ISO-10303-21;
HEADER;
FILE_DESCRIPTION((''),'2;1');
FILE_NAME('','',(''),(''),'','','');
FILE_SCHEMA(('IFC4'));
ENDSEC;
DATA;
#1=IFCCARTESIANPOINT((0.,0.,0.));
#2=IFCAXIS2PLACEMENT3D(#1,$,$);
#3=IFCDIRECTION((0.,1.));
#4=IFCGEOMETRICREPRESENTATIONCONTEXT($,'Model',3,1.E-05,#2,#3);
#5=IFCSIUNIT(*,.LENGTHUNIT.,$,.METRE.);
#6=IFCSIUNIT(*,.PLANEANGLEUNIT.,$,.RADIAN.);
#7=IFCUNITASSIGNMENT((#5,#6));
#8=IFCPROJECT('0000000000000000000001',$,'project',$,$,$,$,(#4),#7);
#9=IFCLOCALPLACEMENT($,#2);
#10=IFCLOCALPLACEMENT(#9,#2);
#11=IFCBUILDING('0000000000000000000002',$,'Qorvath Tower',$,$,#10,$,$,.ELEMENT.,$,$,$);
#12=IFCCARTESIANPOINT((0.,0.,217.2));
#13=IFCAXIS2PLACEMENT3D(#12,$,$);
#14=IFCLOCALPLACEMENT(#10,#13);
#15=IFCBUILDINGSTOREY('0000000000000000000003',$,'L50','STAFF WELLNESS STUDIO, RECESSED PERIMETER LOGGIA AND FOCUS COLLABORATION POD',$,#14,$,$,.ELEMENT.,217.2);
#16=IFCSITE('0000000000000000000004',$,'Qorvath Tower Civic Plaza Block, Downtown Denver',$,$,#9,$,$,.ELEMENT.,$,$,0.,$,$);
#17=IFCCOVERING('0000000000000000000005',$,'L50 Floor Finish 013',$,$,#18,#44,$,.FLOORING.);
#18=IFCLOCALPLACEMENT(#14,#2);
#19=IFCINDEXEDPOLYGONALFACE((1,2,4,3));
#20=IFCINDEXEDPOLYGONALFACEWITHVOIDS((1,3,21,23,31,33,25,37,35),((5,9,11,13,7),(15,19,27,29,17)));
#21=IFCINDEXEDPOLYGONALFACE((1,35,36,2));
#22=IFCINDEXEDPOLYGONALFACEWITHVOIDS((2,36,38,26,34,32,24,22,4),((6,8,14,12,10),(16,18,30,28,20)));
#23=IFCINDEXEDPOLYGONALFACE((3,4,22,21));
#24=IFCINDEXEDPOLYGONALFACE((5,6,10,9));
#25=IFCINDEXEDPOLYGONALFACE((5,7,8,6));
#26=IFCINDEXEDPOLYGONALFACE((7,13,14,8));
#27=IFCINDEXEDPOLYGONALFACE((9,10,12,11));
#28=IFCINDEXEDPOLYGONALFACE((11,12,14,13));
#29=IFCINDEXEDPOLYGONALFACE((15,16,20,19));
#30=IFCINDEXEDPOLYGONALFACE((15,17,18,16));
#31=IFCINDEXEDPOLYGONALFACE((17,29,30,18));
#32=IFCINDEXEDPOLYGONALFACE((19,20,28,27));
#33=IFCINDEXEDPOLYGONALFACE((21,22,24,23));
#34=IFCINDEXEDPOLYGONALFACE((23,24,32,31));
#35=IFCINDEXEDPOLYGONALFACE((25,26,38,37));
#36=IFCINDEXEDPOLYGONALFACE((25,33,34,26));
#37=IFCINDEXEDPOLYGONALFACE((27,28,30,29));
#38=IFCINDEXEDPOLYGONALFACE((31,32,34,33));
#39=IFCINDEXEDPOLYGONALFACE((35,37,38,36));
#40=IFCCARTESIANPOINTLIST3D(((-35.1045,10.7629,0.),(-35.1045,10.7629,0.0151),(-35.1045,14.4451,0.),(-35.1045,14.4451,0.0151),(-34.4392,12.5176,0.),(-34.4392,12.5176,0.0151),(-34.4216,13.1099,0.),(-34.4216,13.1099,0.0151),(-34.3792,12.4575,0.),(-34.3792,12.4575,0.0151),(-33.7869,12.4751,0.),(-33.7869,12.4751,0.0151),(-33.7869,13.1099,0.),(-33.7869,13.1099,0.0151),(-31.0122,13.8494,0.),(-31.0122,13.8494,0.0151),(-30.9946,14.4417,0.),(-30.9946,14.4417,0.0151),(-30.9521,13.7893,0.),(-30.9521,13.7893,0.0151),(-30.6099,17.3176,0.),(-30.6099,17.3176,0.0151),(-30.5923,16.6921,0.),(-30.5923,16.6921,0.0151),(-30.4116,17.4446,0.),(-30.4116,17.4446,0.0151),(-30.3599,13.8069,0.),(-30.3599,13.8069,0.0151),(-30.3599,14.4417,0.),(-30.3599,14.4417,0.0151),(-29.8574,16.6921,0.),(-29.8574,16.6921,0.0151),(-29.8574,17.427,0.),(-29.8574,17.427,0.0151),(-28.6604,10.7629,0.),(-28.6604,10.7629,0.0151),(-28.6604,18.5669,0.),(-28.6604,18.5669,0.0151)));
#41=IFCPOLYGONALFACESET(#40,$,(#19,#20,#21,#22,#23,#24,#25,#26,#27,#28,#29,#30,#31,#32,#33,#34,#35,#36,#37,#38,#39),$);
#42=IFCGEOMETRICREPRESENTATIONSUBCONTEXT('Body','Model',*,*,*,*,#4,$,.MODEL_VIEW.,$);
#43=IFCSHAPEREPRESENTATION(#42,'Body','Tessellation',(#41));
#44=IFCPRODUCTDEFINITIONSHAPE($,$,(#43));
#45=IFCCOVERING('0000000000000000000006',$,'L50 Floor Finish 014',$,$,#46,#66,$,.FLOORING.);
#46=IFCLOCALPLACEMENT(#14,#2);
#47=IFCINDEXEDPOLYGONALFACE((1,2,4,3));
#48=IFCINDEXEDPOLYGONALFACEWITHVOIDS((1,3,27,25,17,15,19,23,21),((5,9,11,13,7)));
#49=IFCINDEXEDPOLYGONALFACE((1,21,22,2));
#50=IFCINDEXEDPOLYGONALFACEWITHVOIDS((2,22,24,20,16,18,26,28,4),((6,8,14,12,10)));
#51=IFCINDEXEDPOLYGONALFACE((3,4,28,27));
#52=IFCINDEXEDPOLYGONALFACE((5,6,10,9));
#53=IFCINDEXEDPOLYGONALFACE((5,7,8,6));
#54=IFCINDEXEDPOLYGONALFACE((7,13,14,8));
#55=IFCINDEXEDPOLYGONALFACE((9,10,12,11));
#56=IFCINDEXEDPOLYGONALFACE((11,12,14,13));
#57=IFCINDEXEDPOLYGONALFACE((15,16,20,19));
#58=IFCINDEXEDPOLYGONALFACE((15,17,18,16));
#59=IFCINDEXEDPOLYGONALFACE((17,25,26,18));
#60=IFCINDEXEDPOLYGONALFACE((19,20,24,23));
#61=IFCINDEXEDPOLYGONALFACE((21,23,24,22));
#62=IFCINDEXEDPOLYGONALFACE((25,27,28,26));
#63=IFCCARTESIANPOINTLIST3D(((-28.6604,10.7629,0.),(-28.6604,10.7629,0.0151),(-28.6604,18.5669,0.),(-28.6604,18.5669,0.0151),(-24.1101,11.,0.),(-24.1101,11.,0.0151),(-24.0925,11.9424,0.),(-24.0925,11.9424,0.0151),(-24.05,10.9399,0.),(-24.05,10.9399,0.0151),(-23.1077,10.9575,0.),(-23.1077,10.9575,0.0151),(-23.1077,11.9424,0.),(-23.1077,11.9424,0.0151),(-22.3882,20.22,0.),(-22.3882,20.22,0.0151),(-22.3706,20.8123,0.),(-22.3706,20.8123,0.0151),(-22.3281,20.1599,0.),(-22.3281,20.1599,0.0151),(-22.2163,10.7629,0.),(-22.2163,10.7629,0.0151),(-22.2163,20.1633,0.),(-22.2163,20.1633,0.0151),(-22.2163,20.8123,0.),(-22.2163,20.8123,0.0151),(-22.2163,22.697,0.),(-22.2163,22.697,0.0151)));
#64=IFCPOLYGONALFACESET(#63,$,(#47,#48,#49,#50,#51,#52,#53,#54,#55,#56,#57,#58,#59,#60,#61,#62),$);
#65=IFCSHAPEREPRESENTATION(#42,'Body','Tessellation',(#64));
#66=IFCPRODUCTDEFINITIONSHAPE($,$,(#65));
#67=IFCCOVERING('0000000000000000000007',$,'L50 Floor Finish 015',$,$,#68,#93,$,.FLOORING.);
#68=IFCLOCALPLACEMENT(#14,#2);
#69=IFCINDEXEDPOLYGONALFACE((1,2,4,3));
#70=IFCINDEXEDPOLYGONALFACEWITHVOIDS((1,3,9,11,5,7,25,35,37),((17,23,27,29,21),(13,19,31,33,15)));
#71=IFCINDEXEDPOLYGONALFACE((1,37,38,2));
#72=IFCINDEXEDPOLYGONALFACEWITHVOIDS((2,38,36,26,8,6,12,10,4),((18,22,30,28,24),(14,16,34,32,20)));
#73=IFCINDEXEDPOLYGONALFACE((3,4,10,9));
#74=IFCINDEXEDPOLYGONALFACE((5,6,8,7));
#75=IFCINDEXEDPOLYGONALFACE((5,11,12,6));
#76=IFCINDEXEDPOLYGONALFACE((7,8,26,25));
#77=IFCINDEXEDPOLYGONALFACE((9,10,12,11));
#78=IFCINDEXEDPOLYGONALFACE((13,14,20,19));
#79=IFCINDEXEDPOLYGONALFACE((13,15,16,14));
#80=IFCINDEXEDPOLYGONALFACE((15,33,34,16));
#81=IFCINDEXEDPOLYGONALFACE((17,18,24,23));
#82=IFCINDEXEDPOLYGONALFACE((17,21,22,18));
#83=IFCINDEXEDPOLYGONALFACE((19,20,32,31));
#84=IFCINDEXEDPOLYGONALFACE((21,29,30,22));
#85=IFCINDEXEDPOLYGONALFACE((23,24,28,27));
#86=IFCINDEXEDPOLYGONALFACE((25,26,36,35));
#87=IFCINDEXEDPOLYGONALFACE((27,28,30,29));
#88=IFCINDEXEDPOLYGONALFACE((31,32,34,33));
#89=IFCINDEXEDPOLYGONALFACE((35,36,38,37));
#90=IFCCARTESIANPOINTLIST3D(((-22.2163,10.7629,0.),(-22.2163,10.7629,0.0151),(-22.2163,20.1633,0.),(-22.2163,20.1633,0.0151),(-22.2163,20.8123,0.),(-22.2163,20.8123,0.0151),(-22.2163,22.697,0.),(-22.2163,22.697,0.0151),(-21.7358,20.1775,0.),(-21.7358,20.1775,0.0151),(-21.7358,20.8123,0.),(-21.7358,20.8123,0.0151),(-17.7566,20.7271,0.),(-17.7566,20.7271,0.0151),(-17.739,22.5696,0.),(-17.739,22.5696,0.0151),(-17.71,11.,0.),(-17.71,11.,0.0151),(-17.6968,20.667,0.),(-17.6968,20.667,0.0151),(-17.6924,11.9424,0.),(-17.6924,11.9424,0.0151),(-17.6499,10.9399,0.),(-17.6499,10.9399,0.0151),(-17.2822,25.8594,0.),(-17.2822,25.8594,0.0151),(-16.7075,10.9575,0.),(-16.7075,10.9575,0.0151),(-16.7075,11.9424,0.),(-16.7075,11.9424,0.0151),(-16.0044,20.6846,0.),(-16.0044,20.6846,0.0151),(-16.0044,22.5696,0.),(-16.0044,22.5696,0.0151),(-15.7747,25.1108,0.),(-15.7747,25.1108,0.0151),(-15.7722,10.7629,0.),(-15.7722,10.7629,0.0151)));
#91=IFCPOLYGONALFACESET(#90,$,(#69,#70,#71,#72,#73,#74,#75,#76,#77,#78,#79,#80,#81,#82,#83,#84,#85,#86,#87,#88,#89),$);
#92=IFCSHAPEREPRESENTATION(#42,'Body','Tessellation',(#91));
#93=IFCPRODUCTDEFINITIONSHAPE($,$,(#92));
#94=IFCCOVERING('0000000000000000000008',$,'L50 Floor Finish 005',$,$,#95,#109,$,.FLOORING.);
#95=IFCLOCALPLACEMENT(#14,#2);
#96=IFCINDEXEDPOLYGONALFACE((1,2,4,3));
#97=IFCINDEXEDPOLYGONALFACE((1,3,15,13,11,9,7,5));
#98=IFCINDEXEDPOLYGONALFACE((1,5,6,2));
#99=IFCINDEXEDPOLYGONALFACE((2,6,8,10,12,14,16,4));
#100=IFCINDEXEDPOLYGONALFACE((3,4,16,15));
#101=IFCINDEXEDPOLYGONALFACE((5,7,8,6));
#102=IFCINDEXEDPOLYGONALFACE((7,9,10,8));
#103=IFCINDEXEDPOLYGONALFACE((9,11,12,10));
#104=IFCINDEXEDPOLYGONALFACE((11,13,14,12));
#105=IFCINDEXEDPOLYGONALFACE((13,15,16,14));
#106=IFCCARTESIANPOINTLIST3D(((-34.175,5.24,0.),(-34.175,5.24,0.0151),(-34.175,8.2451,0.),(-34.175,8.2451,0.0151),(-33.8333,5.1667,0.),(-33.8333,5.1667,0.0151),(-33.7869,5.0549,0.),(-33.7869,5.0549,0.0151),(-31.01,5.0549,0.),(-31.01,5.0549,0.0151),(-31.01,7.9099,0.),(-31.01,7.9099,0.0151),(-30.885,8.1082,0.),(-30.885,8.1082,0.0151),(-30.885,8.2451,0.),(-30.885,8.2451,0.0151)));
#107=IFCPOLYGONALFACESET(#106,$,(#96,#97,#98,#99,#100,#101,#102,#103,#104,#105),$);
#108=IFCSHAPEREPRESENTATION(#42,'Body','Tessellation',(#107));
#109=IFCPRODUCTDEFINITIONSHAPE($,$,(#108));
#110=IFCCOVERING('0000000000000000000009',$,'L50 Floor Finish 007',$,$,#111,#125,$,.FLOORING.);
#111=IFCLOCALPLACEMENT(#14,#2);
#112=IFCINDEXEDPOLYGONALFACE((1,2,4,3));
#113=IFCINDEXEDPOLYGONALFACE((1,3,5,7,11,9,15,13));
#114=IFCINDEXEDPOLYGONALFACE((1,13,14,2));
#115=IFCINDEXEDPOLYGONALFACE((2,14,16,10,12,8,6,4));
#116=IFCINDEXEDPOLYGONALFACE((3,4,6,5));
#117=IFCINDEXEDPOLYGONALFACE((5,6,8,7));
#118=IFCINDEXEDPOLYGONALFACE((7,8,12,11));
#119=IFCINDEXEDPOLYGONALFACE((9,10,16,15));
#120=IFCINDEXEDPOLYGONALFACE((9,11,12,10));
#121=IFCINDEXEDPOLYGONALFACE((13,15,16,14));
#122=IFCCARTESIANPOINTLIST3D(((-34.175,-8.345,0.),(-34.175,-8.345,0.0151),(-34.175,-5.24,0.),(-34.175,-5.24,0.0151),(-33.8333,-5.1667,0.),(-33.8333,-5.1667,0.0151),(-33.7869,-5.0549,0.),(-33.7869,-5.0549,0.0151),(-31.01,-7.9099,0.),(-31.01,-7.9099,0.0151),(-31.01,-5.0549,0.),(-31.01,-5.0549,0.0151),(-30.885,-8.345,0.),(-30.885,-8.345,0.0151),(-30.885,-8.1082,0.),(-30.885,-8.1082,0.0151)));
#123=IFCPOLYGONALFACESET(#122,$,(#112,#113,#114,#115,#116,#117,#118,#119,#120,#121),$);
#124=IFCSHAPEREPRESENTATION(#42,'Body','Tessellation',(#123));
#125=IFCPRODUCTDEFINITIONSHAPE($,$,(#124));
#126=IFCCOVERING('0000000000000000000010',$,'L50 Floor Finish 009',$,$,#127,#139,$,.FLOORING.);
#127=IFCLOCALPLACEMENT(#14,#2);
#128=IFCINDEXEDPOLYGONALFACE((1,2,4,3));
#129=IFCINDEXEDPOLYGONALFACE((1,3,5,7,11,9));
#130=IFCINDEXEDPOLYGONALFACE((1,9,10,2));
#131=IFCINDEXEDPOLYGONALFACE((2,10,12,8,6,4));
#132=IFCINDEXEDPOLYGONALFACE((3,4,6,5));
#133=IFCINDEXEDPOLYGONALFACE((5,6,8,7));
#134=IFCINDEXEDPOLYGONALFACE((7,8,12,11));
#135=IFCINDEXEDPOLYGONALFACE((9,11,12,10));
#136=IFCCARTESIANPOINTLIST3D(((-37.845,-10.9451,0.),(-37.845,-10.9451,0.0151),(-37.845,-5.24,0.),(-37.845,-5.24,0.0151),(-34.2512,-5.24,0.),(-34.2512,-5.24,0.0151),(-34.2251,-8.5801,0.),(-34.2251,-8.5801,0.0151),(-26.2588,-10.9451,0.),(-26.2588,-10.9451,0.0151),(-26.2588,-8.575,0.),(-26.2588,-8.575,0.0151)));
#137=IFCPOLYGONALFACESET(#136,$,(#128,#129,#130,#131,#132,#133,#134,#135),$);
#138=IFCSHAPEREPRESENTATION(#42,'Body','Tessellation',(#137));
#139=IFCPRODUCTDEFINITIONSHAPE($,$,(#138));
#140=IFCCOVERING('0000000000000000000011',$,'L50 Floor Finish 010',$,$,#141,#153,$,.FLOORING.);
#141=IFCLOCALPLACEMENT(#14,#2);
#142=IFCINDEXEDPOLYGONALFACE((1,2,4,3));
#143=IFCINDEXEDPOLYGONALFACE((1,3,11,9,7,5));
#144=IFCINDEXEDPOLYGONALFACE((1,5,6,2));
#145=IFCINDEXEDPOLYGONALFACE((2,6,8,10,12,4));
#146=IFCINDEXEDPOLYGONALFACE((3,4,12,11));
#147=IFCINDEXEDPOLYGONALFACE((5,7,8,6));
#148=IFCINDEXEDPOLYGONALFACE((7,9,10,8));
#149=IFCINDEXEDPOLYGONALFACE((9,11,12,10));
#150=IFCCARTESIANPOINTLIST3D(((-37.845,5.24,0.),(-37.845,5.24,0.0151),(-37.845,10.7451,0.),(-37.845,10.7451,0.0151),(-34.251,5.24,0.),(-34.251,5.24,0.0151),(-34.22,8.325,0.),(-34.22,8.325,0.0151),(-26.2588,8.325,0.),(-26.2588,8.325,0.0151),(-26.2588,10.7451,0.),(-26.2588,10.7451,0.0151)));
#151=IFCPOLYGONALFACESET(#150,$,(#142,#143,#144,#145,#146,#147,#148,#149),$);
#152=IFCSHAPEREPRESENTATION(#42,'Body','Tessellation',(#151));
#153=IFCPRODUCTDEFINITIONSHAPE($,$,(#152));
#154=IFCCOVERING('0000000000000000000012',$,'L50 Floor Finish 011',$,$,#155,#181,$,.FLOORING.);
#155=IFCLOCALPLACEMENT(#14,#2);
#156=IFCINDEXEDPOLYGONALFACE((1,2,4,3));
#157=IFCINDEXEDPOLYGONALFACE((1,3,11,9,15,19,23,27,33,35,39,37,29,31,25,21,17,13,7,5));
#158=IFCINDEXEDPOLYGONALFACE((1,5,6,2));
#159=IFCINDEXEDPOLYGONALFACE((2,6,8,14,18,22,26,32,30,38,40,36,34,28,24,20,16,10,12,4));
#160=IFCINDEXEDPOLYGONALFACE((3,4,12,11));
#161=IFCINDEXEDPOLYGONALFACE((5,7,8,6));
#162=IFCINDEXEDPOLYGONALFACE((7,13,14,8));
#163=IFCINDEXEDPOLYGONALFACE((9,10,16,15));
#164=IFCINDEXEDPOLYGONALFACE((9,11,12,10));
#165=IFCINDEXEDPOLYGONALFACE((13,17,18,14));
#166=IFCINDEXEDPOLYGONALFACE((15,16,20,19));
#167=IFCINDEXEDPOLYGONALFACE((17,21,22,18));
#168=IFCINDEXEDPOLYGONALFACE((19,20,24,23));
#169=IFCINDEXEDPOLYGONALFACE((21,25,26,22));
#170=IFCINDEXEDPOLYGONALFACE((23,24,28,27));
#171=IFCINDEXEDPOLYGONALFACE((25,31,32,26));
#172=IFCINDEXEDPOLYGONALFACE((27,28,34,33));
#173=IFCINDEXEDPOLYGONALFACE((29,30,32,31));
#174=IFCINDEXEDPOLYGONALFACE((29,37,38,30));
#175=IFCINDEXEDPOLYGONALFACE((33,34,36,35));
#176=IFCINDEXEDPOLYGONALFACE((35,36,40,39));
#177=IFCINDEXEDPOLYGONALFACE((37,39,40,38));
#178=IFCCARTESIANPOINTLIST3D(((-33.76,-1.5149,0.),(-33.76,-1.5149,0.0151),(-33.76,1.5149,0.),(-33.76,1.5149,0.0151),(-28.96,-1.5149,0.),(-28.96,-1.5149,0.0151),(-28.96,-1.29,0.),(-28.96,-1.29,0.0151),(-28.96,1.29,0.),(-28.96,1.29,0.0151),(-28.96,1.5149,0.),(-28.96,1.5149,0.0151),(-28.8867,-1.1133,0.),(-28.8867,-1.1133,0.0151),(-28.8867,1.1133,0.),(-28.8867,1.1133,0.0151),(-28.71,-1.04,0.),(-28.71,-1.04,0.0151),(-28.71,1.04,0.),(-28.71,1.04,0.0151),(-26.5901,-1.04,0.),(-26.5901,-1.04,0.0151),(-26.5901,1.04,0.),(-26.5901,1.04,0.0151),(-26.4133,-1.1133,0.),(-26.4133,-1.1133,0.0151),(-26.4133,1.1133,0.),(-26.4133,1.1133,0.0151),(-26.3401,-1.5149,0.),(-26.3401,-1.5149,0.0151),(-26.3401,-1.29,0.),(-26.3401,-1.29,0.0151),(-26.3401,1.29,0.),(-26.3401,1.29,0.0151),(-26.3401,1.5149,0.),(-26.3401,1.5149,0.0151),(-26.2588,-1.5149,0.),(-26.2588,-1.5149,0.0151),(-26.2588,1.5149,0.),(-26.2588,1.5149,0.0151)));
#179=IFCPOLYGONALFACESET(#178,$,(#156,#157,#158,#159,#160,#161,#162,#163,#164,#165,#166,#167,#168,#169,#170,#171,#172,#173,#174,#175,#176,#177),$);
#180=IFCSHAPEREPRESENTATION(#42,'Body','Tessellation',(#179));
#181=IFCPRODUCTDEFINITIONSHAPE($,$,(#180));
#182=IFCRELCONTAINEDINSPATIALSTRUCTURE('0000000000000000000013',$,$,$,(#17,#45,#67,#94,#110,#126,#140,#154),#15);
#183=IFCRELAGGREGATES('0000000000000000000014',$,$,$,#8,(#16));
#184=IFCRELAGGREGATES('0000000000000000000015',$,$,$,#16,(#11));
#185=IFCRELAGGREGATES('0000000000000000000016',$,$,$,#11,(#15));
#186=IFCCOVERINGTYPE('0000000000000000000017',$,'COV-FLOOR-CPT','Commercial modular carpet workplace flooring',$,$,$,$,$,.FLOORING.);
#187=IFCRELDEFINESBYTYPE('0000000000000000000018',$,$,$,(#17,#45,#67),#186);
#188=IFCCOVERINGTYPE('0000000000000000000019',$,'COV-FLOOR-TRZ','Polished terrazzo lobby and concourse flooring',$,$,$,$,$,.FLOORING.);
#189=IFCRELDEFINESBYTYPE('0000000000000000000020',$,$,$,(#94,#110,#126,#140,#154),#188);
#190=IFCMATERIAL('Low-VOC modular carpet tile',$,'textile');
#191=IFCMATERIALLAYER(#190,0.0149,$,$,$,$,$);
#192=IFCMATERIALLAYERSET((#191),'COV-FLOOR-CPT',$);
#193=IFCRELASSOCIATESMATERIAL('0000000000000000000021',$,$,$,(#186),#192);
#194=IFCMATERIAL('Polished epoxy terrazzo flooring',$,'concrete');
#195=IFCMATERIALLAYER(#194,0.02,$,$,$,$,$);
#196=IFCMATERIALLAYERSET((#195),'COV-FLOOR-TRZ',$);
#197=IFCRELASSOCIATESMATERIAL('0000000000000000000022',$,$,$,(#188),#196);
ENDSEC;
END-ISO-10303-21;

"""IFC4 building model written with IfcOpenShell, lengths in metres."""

from ifc_helpers import new_model, si_unit, direction, frame, origin, place, context, subcontext, project, spatial, polyline, outline, extrude, material, layer, layer_set, type_object, element, save


model = new_model("IFC4")

# Units and contexts
model_context = context("Model", 3, precision=1e-05, world=origin(), true_north=direction((0.0, 1.0)))
body_context = subcontext(model_context, "Body", "Model", "MODEL_VIEW")
ifc_project = project(units=[si_unit("LENGTHUNIT", "METRE"), si_unit("PLANEANGLEUNIT", "RADIAN")], contexts=[model_context])

# Site, building, storey
site_placement = place(None, origin())
site = spatial("IfcSite", under=ifc_project, at=site_placement, Name="Qorvath Tower Civic Plaza Block, Downtown Denver", CompositionType="ELEMENT", RefElevation=0.0)
building_placement = place(site_placement, origin())
building = spatial("IfcBuilding", under=site, at=building_placement, Name="Qorvath Tower", CompositionType="ELEMENT")
storey_placement = place(building_placement, frame((0.0, 0.0, 217.2)))
storey = spatial("IfcBuildingStorey", under=building, at=storey_placement, Name="L50", Description="STAFF WELLNESS STUDIO, RECESSED PERIMETER LOGGIA AND FOCUS COLLABORATION POD", CompositionType="ELEMENT", Elevation=217.2)

# Coverings
ifc_material_1 = material(Name="Low-VOC modular carpet tile", Category="textile")
ifc_layer_1 = layer(ifc_material_1, 0.0149)
ifc_layer_set_1 = layer_set([ifc_layer_1], Name="COV-FLOOR-CPT")
covering_type_1 = type_object("IfcCoveringType", Name="COV-FLOOR-CPT", Description="Commercial modular carpet workplace flooring", PredefinedType="FLOORING", material=ifc_layer_set_1)
covering_1_placement = place(storey_placement, origin())
element("IfcCovering", 1, at=covering_1_placement, inside=storey, type_object=covering_type_1, Name="L50 Floor Finish 013", PredefinedType="FLOORING", context=body_context, shape_type="SweptSolid", body=[
    extrude(outline(polyline([(-28.6604, 10.7629), (-28.6604, 18.5669), (-30.4116, 17.4446), (-29.8574, 17.427), (-29.8574, 16.6921), (-30.5923, 16.6921), (-30.6099, 17.3176), (-35.1045, 14.4451), (-35.1045, 10.7629), (-28.6604, 10.7629)]), holes=[polyline([(-31.0122, 13.8494), (-30.9946, 14.4417), (-30.3599, 14.4417), (-30.3599, 13.8069), (-30.9521, 13.7893), (-31.0122, 13.8494)]), polyline([(-34.4392, 12.5176), (-34.4216, 13.1099), (-33.7869, 13.1099), (-33.7869, 12.4751), (-34.3792, 12.4575), (-34.4392, 12.5176)])]), origin(), (0.0, 0.0, 1.0), 0.0151),
])
covering_2_placement = place(storey_placement, origin())
element("IfcCovering", 2, at=covering_2_placement, inside=storey, type_object=covering_type_1, Name="L50 Floor Finish 014", PredefinedType="FLOORING", context=body_context, shape_type="SweptSolid", body=[
    extrude(outline(polyline([(-22.2163, 10.7629), (-22.2163, 20.1633), (-22.3281, 20.1599), (-22.3882, 20.22), (-22.3706, 20.8123), (-22.2163, 20.8123), (-22.2163, 22.697), (-28.6604, 18.5669), (-28.6604, 10.7629), (-22.2163, 10.7629)]), holes=[polyline([(-24.1101, 11.0), (-24.0925, 11.9424), (-23.1077, 11.9424), (-23.1077, 10.9575), (-24.05, 10.9399), (-24.1101, 11.0)])]), origin(), (0.0, 0.0, 1.0), 0.0151),
])
covering_3_placement = place(storey_placement, origin())
element("IfcCovering", 3, at=covering_3_placement, inside=storey, type_object=covering_type_1, Name="L50 Floor Finish 015", PredefinedType="FLOORING", context=body_context, shape_type="SweptSolid", body=[
    extrude(outline(polyline([(-15.7747, 25.1108), (-17.2822, 25.8594), (-22.2163, 22.697), (-22.2163, 20.8123), (-21.7358, 20.8123), (-21.7358, 20.1775), (-22.2163, 20.1633), (-22.2163, 10.7629), (-15.7722, 10.7629), (-15.7747, 25.1108)]), holes=[polyline([(-17.7566, 20.7271), (-17.739, 22.5696), (-16.0044, 22.5696), (-16.0044, 20.6846), (-17.6968, 20.667), (-17.7566, 20.7271)]), polyline([(-17.71, 11.0), (-17.6924, 11.9424), (-16.7075, 11.9424), (-16.7075, 10.9575), (-17.6499, 10.9399), (-17.71, 11.0)])]), origin(), (0.0, 0.0, 1.0), 0.0151),
])
ifc_material_2 = material(Name="Polished epoxy terrazzo flooring", Category="concrete")
ifc_layer_2 = layer(ifc_material_2, 0.02)
ifc_layer_set_2 = layer_set([ifc_layer_2], Name="COV-FLOOR-TRZ")
covering_type_2 = type_object("IfcCoveringType", Name="COV-FLOOR-TRZ", Description="Polished terrazzo lobby and concourse flooring", PredefinedType="FLOORING", material=ifc_layer_set_2)
covering_4_placement = place(storey_placement, origin())
element("IfcCovering", 4, at=covering_4_placement, inside=storey, type_object=covering_type_2, Name="L50 Floor Finish 005", PredefinedType="FLOORING", context=body_context, shape_type="SweptSolid", body=[
    extrude(outline(polyline([(-31.01, 5.0549), (-31.01, 7.9099), (-30.885, 8.1082), (-30.885, 8.2451), (-34.175, 8.2451), (-34.175, 5.24), (-33.8333, 5.1667), (-33.7869, 5.0549), (-31.01, 5.0549)])), origin(), (0.0, 0.0, 1.0), 0.0151),
])
covering_5_placement = place(storey_placement, origin())
element("IfcCovering", 5, at=covering_5_placement, inside=storey, type_object=covering_type_2, Name="L50 Floor Finish 007", PredefinedType="FLOORING", context=body_context, shape_type="SweptSolid", body=[
    extrude(outline(polyline([(-30.885, -8.1082), (-31.01, -7.9099), (-31.01, -5.0549), (-33.7869, -5.0549), (-33.8333, -5.1667), (-34.175, -5.24), (-34.175, -8.345), (-30.885, -8.345), (-30.885, -8.1082)])), origin(), (0.0, 0.0, 1.0), 0.0151),
])
covering_6_placement = place(storey_placement, origin())
element("IfcCovering", 6, at=covering_6_placement, inside=storey, type_object=covering_type_2, Name="L50 Floor Finish 009", PredefinedType="FLOORING", context=body_context, shape_type="SweptSolid", body=[
    extrude(outline(polyline([(-34.2251, -8.5801), (-34.2512, -5.24), (-37.845, -5.24), (-37.845, -10.9451), (-26.2588, -10.9451), (-26.2588, -8.575), (-34.2251, -8.5801)])), origin(), (0.0, 0.0, 1.0), 0.0151),
])
covering_7_placement = place(storey_placement, origin())
element("IfcCovering", 7, at=covering_7_placement, inside=storey, type_object=covering_type_2, Name="L50 Floor Finish 010", PredefinedType="FLOORING", context=body_context, shape_type="SweptSolid", body=[
    extrude(outline(polyline([(-26.2588, 8.325), (-26.2588, 10.7451), (-37.845, 10.7451), (-37.845, 5.24), (-34.251, 5.24), (-34.22, 8.325), (-26.2588, 8.325)])), origin(), (0.0, 0.0, 1.0), 0.0151),
])
covering_8_placement = place(storey_placement, origin())
element("IfcCovering", 8, at=covering_8_placement, inside=storey, type_object=covering_type_2, Name="L50 Floor Finish 011", PredefinedType="FLOORING", context=body_context, shape_type="SweptSolid", body=[
    extrude(outline(polyline([(-26.2588, -1.5149), (-26.2588, 1.5149), (-26.3401, 1.5149), (-26.3401, 1.29), (-26.4133, 1.1133), (-26.5901, 1.04), (-28.71, 1.04), (-28.8867, 1.1133), (-28.96, 1.29), (-28.96, 1.5149), (-33.76, 1.5149), (-33.76, -1.5149), (-28.96, -1.5149), (-28.96, -1.29), (-28.8867, -1.1133), (-28.71, -1.04), (-26.5901, -1.04), (-26.4133, -1.1133), (-26.3401, -1.29), (-26.3401, -1.5149), (-26.2588, -1.5149)])), origin(), (0.0, 0.0, 1.0), 0.0151),
])

save(model, "model.ifc")
